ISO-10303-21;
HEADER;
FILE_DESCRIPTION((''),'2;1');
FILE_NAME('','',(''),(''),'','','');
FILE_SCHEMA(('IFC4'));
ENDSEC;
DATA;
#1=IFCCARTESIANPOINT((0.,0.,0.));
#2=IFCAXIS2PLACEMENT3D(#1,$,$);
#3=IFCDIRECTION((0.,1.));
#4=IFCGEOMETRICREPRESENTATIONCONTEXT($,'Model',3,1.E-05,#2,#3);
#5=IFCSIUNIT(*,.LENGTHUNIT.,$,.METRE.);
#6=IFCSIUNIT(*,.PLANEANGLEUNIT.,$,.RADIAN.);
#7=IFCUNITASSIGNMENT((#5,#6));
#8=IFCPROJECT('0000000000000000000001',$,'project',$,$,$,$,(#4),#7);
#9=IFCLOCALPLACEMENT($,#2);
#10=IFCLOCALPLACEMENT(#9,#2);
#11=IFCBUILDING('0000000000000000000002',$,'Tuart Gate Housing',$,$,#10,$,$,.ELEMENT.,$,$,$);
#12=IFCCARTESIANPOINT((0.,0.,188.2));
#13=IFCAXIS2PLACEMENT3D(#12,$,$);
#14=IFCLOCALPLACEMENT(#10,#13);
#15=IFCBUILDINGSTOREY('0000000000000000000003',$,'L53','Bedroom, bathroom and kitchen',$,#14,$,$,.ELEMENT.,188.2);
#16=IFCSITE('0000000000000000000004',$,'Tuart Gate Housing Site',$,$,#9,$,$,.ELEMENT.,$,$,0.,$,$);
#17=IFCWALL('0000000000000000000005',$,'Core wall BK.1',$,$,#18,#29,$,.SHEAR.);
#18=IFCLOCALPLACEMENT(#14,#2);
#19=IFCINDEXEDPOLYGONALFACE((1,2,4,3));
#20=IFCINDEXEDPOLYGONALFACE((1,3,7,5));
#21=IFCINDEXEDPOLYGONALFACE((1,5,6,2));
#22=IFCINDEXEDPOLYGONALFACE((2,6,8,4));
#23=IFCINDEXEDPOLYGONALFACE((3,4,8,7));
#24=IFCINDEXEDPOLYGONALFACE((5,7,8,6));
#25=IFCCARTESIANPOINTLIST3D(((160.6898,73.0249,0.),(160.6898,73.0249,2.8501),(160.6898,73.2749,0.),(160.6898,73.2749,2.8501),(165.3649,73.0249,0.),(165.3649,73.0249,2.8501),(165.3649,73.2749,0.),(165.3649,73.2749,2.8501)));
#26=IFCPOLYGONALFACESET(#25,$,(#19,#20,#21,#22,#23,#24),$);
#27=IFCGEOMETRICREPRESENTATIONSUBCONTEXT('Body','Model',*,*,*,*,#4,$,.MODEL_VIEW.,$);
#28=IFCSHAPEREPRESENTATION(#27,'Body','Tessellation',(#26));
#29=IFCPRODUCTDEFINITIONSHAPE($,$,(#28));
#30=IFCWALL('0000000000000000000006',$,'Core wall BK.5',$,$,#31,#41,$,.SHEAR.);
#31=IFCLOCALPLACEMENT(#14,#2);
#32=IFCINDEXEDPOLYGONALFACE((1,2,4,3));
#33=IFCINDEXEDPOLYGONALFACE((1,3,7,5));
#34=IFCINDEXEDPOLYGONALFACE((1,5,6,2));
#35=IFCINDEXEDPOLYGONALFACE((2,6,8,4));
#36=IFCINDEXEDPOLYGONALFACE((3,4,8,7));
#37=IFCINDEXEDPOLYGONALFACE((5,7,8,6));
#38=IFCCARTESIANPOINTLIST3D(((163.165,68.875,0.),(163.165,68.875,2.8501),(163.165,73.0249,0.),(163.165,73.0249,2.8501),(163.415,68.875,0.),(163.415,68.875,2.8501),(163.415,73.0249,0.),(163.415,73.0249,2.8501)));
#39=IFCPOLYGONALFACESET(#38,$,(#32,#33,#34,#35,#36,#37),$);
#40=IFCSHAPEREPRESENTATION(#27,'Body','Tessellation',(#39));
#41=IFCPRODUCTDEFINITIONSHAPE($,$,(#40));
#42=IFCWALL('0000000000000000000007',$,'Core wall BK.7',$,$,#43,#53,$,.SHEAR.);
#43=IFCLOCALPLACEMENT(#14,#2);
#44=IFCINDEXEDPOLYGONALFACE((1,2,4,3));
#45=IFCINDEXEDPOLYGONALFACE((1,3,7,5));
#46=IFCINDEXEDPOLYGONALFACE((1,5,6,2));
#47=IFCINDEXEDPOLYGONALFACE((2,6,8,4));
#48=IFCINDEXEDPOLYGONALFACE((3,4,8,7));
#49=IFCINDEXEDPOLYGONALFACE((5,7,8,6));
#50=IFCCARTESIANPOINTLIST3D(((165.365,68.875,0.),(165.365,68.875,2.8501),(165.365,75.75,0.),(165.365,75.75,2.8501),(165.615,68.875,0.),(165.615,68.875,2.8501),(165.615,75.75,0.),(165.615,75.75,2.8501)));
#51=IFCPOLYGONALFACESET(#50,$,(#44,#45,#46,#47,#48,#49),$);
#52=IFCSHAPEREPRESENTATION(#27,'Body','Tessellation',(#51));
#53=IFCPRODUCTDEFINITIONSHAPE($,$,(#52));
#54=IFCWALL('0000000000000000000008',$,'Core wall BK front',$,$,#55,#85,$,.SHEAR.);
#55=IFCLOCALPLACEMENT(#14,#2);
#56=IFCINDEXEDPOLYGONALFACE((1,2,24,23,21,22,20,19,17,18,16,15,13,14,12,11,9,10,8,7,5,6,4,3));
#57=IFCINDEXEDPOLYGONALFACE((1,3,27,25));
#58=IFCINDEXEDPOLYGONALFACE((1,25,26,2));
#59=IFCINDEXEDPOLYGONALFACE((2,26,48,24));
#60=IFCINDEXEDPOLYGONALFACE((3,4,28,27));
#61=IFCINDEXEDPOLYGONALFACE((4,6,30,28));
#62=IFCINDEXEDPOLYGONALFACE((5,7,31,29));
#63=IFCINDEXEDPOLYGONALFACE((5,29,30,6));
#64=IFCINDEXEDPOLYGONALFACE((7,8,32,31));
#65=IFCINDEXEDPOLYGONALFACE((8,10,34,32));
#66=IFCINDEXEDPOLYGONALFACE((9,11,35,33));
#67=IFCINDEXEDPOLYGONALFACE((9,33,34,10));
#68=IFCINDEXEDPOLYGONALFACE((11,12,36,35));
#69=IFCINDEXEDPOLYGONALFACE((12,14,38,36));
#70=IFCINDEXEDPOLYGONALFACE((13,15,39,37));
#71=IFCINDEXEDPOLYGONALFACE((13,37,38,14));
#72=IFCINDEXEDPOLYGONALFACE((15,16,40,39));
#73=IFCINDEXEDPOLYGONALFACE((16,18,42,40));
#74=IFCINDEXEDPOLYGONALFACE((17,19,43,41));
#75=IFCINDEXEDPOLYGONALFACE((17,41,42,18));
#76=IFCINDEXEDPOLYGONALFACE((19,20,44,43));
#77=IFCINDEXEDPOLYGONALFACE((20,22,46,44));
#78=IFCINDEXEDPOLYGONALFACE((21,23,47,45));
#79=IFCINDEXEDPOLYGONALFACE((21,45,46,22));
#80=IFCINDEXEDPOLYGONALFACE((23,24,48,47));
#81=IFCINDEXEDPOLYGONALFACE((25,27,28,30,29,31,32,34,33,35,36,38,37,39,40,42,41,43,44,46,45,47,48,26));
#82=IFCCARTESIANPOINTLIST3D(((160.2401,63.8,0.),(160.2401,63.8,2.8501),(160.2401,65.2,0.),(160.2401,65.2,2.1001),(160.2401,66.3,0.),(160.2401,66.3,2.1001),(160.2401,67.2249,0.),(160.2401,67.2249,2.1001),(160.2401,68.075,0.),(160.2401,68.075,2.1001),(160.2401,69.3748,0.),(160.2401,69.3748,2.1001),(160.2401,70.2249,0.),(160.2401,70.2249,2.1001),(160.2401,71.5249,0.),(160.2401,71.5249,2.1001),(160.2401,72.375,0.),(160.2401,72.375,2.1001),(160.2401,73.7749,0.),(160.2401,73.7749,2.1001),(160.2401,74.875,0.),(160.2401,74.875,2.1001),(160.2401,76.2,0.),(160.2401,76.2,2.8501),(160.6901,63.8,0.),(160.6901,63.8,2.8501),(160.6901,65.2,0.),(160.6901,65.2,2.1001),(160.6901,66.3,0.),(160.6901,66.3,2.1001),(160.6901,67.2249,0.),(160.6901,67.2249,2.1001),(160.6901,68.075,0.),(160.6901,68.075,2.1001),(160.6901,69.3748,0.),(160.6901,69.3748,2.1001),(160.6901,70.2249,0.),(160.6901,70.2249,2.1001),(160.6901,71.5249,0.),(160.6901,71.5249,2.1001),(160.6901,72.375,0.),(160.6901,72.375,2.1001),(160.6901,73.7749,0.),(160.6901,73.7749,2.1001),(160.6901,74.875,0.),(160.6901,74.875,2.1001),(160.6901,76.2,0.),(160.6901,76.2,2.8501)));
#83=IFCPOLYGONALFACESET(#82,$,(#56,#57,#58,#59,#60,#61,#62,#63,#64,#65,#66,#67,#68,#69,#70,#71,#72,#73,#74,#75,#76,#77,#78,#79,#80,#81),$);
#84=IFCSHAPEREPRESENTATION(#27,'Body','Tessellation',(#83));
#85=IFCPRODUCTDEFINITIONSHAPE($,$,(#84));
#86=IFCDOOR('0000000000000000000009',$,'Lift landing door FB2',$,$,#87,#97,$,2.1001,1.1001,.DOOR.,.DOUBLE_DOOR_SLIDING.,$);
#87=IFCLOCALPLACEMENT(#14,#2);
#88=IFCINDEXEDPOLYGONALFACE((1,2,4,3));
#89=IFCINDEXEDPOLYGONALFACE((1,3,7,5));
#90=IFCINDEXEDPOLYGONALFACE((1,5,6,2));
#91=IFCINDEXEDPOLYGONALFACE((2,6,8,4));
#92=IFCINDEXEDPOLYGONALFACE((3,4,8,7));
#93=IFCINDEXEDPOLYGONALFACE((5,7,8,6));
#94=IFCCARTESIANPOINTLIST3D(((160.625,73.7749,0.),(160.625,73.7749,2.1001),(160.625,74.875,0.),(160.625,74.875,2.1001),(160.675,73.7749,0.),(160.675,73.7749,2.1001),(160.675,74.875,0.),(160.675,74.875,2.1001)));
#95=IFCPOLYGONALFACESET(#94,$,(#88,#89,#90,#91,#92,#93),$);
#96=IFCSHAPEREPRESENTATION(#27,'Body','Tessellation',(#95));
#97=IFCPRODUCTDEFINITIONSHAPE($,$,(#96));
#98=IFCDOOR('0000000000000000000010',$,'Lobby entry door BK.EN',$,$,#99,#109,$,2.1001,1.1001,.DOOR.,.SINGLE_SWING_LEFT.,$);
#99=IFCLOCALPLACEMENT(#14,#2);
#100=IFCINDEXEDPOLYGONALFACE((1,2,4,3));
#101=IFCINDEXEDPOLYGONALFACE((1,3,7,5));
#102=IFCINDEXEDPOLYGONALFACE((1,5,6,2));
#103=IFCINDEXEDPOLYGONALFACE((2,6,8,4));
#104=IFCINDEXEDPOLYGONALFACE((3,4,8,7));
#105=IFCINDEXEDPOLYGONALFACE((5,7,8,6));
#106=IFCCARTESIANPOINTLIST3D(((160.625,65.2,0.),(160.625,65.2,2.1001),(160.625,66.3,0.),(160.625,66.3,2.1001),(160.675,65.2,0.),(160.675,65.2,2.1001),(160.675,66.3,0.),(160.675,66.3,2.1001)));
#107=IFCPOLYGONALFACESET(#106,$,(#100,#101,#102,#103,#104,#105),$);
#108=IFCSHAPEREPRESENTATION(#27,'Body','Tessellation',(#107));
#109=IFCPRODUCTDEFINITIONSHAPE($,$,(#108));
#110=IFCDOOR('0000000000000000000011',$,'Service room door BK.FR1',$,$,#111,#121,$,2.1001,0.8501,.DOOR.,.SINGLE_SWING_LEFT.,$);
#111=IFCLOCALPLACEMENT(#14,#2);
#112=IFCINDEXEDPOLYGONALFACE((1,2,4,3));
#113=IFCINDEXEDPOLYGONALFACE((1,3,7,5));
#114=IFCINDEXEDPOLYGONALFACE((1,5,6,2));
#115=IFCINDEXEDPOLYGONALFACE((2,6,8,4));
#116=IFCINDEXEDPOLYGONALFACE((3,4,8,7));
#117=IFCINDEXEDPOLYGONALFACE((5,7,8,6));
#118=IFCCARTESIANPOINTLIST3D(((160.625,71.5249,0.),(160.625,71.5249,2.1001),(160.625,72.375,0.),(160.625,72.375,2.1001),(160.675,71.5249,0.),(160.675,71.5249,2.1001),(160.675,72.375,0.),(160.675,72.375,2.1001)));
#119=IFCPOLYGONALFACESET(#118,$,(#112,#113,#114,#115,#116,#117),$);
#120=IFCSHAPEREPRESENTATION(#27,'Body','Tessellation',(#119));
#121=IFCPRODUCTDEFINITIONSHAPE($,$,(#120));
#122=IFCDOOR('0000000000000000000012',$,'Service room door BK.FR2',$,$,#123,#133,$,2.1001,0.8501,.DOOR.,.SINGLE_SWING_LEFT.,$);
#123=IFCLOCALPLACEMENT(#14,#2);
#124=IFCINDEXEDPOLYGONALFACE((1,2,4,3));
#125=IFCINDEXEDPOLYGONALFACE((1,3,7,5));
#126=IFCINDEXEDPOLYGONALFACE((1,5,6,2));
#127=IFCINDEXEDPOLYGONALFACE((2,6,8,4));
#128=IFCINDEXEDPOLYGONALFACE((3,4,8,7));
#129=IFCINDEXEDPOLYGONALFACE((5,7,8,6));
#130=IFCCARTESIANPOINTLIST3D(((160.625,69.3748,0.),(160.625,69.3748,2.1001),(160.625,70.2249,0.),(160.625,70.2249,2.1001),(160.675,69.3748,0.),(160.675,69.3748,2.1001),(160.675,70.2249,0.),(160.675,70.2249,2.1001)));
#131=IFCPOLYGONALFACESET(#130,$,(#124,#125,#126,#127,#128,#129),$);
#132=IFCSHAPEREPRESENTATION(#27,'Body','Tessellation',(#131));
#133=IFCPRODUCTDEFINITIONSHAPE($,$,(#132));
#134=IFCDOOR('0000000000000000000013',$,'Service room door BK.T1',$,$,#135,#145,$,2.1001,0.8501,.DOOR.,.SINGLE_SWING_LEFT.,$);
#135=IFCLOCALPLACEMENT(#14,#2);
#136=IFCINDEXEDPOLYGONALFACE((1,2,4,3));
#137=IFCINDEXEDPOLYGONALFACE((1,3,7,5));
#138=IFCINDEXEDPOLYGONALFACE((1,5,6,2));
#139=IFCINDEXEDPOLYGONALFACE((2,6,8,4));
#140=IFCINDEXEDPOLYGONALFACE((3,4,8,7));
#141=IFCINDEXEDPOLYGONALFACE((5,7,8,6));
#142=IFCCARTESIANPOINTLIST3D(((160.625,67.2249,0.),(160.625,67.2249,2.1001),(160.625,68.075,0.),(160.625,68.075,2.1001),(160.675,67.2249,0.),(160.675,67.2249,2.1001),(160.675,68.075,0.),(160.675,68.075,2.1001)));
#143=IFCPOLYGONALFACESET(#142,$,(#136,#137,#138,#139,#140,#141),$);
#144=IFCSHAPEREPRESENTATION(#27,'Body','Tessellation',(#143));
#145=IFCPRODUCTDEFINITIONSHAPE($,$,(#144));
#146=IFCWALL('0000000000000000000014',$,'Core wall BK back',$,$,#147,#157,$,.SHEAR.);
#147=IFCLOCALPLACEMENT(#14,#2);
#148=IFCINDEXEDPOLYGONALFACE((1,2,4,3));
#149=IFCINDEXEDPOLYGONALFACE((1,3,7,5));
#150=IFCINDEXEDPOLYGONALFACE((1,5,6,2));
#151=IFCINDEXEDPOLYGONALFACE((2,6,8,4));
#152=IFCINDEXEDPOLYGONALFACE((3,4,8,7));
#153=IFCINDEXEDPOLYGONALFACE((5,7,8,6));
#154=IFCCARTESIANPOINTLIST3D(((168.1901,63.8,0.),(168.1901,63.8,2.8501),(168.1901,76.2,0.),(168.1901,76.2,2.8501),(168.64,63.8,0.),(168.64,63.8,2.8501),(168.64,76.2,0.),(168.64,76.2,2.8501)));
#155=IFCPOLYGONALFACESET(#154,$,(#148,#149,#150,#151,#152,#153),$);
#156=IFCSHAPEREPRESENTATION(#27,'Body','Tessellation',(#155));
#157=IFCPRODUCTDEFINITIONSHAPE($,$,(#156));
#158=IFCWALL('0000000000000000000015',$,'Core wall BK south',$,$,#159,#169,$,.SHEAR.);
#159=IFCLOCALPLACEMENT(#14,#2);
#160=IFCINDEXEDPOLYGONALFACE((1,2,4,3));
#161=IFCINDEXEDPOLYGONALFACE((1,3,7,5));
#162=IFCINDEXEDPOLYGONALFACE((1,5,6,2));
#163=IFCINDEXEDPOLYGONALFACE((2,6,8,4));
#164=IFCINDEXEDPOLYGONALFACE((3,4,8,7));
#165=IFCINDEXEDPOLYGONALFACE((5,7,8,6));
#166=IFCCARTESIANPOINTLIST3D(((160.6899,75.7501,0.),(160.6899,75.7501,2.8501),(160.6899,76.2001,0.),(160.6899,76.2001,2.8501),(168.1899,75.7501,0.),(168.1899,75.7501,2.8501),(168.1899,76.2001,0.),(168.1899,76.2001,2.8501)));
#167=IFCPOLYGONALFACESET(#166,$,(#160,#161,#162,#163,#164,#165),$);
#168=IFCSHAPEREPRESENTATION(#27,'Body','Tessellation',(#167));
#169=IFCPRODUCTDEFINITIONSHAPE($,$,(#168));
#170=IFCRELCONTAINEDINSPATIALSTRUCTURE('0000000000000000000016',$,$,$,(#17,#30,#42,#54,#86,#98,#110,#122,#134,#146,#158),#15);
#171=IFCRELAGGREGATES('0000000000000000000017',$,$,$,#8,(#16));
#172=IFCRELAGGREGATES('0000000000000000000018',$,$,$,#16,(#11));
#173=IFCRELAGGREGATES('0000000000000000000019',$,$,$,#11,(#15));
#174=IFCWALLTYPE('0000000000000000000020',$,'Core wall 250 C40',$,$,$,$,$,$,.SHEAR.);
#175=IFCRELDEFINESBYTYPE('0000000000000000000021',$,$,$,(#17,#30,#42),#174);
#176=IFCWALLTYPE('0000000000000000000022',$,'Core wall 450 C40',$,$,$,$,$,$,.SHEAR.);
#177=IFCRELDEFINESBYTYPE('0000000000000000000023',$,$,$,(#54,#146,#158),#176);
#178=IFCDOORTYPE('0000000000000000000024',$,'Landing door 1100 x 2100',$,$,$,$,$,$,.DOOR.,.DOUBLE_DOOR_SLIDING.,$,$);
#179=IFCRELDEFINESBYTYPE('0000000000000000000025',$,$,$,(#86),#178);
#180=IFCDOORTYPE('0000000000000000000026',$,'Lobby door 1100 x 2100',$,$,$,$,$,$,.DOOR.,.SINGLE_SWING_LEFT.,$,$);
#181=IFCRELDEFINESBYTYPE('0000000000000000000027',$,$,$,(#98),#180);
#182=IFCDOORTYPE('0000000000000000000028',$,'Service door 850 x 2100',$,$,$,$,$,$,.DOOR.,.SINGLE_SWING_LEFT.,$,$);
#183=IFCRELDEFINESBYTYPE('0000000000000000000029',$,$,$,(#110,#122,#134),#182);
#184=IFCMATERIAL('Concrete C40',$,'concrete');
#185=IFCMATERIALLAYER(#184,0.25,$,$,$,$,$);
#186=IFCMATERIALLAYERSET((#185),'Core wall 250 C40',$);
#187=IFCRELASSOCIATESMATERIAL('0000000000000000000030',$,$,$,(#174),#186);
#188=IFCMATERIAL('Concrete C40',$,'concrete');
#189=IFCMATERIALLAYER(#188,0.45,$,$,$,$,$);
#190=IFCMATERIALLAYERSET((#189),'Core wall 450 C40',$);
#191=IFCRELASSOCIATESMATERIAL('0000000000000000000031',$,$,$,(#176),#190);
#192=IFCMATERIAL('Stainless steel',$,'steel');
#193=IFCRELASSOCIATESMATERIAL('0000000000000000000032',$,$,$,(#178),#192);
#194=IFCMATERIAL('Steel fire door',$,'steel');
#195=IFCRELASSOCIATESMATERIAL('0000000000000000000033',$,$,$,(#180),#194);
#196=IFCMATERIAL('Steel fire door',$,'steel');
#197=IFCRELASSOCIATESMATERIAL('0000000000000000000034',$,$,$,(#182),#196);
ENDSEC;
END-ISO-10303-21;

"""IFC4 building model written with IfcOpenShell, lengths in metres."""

from ifc_helpers import new_model, si_unit, direction, frame, frame_2d, origin, place, context, subcontext, project, spatial, rectangle, extrude, material, layer, layer_set, type_object, element, fill, save


model = new_model("IFC4")

# Units and contexts
model_context = context("Model", 3, precision=1e-05, world=origin(), true_north=direction((0.0, 1.0)))
body_context = subcontext(model_context, "Body", "Model", "MODEL_VIEW")
ifc_project = project(units=[si_unit("LENGTHUNIT", "METRE"), si_unit("PLANEANGLEUNIT", "RADIAN")], contexts=[model_context])

# Site, building, storey
site_placement = place(None, origin())
site = spatial("IfcSite", under=ifc_project, at=site_placement, Name="Tuart Gate Housing Site", CompositionType="ELEMENT", RefElevation=0.0)
building_placement = place(site_placement, origin())
building = spatial("IfcBuilding", under=site, at=building_placement, Name="Tuart Gate Housing", CompositionType="ELEMENT")
storey_placement = place(building_placement, frame((0.0, 0.0, 188.2)))
storey = spatial("IfcBuildingStorey", under=building, at=storey_placement, Name="L53", Description="Bedroom, bathroom and kitchen", CompositionType="ELEMENT", Elevation=188.2)

# Walls
ifc_material_1 = material(Name="Concrete C40", Category="concrete")
ifc_layer_1 = layer(ifc_material_1, 0.25)
ifc_layer_set_1 = layer_set([ifc_layer_1], Name="Core wall 250 C40")
wall_type_1 = type_object("IfcWallType", Name="Core wall 250 C40", PredefinedType="SHEAR", material=ifc_layer_set_1)
wall_1_placement = place(storey_placement, frame((160.6899, 73.1499, 0.0), z_axis=(0.0, 0.0, 1.0), x_axis=(1.0, 0.0, 0.0)))
element("IfcWall", 1, at=wall_1_placement, inside=storey, type_object=wall_type_1, Name="Core wall BK.1", PredefinedType="SHEAR", context=body_context, shape_type="SweptSolid", body=[
    extrude(rectangle(XDim=4.675, YDim=0.25, at=frame_2d((2.3374, 0.0))), origin(), (0.0, 0.0, 1.0), 2.8501),
])
wall_2_placement = place(storey_placement, frame((163.29, 73.0249, 0.0), z_axis=(0.0, 0.0, 1.0), x_axis=(0.0, -1.0, 0.0)))
element("IfcWall", 2, at=wall_2_placement, inside=storey, type_object=wall_type_1, Name="Core wall BK.5", PredefinedType="SHEAR", context=body_context, shape_type="SweptSolid", body=[
    extrude(rectangle(XDim=4.1499, YDim=0.25, at=frame_2d((2.075, 0.0))), origin(), (0.0, 0.0, 1.0), 2.8501),
])
wall_3_placement = place(storey_placement, frame((165.49, 75.75, 0.0), z_axis=(0.0, 0.0, 1.0), x_axis=(0.0, -1.0, 0.0)))
element("IfcWall", 3, at=wall_3_placement, inside=storey, type_object=wall_type_1, Name="Core wall BK.7", PredefinedType="SHEAR", context=body_context, shape_type="SweptSolid", body=[
    extrude(rectangle(XDim=6.875, YDim=0.25, at=frame_2d((3.4375, 0.0))), origin(), (0.0, 0.0, 1.0), 2.8501),
])

# Wall, openings, doors
ifc_material_2 = material(Name="Concrete C40", Category="concrete")
ifc_layer_2 = layer(ifc_material_2, 0.45)
ifc_layer_set_2 = layer_set([ifc_layer_2], Name="Core wall 450 C40")
wall_type_2 = type_object("IfcWallType", Name="Core wall 450 C40", PredefinedType="SHEAR", material=ifc_layer_set_2)
wall_4_placement = place(storey_placement, frame((160.4651, 76.2, 0.0), z_axis=(0.0, 0.0, 1.0), x_axis=(0.0, -1.0, 0.0)))
wall_4 = element("IfcWall", 4, at=wall_4_placement, inside=storey, type_object=wall_type_2, Name="Core wall BK front", PredefinedType="SHEAR", context=body_context, shape_type="SweptSolid", body=[
    extrude(rectangle(XDim=12.3999, YDim=0.45, at=frame_2d((6.2, 0.0))), origin(), (0.0, 0.0, 1.0), 2.8501),
])
opening_1_placement = place(wall_4_placement, frame((1.325, 0.0, 0.0)))
opening_1 = element("IfcOpeningElement", 5, at=opening_1_placement, cuts=wall_4, PredefinedType="OPENING", context=body_context, shape_type="SweptSolid", body=[
    extrude(rectangle(XDim=1.1001, YDim=2.1001, at=frame_2d((0.55, 1.05))), frame((0.0, 0.2349, 0.0), z_axis=(0.0, -1.0, 0.0), x_axis=(1.0, 0.0, 0.0)), (0.0, 0.0, 1.0), 0.47),
])
opening_2_placement = place(wall_4_placement, frame((3.825, 0.0, 0.0)))
opening_2 = element("IfcOpeningElement", 6, at=opening_2_placement, cuts=wall_4, PredefinedType="OPENING", context=body_context, shape_type="SweptSolid", body=[
    extrude(rectangle(XDim=0.8501, YDim=2.1001, at=frame_2d((0.425, 1.05))), frame((0.0, 0.2349, 0.0), z_axis=(0.0, -1.0, 0.0), x_axis=(1.0, 0.0, 0.0)), (0.0, 0.0, 1.0), 0.47),
])
opening_3_placement = place(wall_4_placement, frame((5.9751, 0.0, 0.0)))
opening_3 = element("IfcOpeningElement", 7, at=opening_3_placement, cuts=wall_4, PredefinedType="OPENING", context=body_context, shape_type="SweptSolid", body=[
    extrude(rectangle(XDim=0.8501, YDim=2.1001, at=frame_2d((0.425, 1.05))), frame((0.0, 0.2349, 0.0), z_axis=(0.0, -1.0, 0.0), x_axis=(1.0, 0.0, 0.0)), (0.0, 0.0, 1.0), 0.47),
])
opening_4_placement = place(wall_4_placement, frame((9.8999, 0.0, 0.0)))
opening_4 = element("IfcOpeningElement", 8, at=opening_4_placement, cuts=wall_4, PredefinedType="OPENING", context=body_context, shape_type="SweptSolid", body=[
    extrude(rectangle(XDim=1.1001, YDim=2.1001, at=frame_2d((0.55, 1.05))), frame((0.0, 0.2349, 0.0), z_axis=(0.0, -1.0, 0.0), x_axis=(1.0, 0.0, 0.0)), (0.0, 0.0, 1.0), 0.47),
])
opening_5_placement = place(wall_4_placement, frame((8.125, 0.0, 0.0)))
opening_5 = element("IfcOpeningElement", 9, at=opening_5_placement, cuts=wall_4, PredefinedType="OPENING", context=body_context, shape_type="SweptSolid", body=[
    extrude(rectangle(XDim=0.8501, YDim=2.1001, at=frame_2d((0.425, 1.05))), frame((0.0, 0.2349, 0.0), z_axis=(0.0, -1.0, 0.0), x_axis=(1.0, 0.0, 0.0)), (0.0, 0.0, 1.0), 0.47),
])
ifc_material_3 = material(Name="Stainless steel", Category="steel")
door_type_1 = type_object("IfcDoorType", Name="Landing door 1100 x 2100", OperationType="DOUBLE_DOOR_SLIDING", PredefinedType="DOOR", material=ifc_material_3)
door_1_placement = place(opening_1_placement, origin())
door_1 = element("IfcDoor", 10, at=door_1_placement, inside=storey, type_object=door_type_1, Name="Lift landing door FB2", OperationType="DOUBLE_DOOR_SLIDING", OverallHeight=2.1001, OverallWidth=1.1001, PredefinedType="DOOR", context=body_context, shape_type="SweptSolid", body=[
    extrude(rectangle(XDim=1.1001, YDim=2.1001, at=frame_2d((0.55, 1.05))), frame((0.0, 0.21, 0.0), z_axis=(0.0, -1.0, 0.0), x_axis=(1.0, 0.0, 0.0)), (0.0, 0.0, 1.0), 0.05),
])
fill(opening_1, door_1)
ifc_material_4 = material(Name="Steel fire door", Category="steel")
door_type_2 = type_object("IfcDoorType", Name="Lobby door 1100 x 2100", OperationType="SINGLE_SWING_LEFT", PredefinedType="DOOR", material=ifc_material_4)
door_2_placement = place(opening_4_placement, origin())
door_2 = element("IfcDoor", 11, at=door_2_placement, inside=storey, type_object=door_type_2, Name="Lobby entry door BK.EN", OperationType="SINGLE_SWING_LEFT", OverallHeight=2.1001, OverallWidth=1.1001, PredefinedType="DOOR", context=body_context, shape_type="SweptSolid", body=[
    extrude(rectangle(XDim=1.1001, YDim=2.1001, at=frame_2d((0.55, 1.05))), frame((0.0, 0.21, 0.0), z_axis=(0.0, -1.0, 0.0), x_axis=(1.0, 0.0, 0.0)), (0.0, 0.0, 1.0), 0.05),
])
fill(opening_4, door_2)
ifc_material_5 = material(Name="Steel fire door", Category="steel")
door_type_3 = type_object("IfcDoorType", Name="Service door 850 x 2100", OperationType="SINGLE_SWING_LEFT", PredefinedType="DOOR", material=ifc_material_5)
door_3_placement = place(opening_2_placement, origin())
door_3 = element("IfcDoor", 12, at=door_3_placement, inside=storey, type_object=door_type_3, Name="Service room door BK.FR1", OperationType="SINGLE_SWING_LEFT", OverallHeight=2.1001, OverallWidth=0.8501, PredefinedType="DOOR", context=body_context, shape_type="SweptSolid", body=[
    extrude(rectangle(XDim=0.8501, YDim=2.1001, at=frame_2d((0.425, 1.05))), frame((0.0, 0.21, 0.0), z_axis=(0.0, -1.0, 0.0), x_axis=(1.0, 0.0, 0.0)), (0.0, 0.0, 1.0), 0.05),
])
fill(opening_2, door_3)
door_4_placement = place(opening_3_placement, origin())
door_4 = element("IfcDoor", 13, at=door_4_placement, inside=storey, type_object=door_type_3, Name="Service room door BK.FR2", OperationType="SINGLE_SWING_LEFT", OverallHeight=2.1001, OverallWidth=0.8501, PredefinedType="DOOR", context=body_context, shape_type="SweptSolid", body=[
    extrude(rectangle(XDim=0.8501, YDim=2.1001, at=frame_2d((0.425, 1.05))), frame((0.0, 0.21, 0.0), z_axis=(0.0, -1.0, 0.0), x_axis=(1.0, 0.0, 0.0)), (0.0, 0.0, 1.0), 0.05),
])
fill(opening_3, door_4)
door_5_placement = place(opening_5_placement, origin())
door_5 = element("IfcDoor", 14, at=door_5_placement, inside=storey, type_object=door_type_3, Name="Service room door BK.T1", OperationType="SINGLE_SWING_LEFT", OverallHeight=2.1001, OverallWidth=0.8501, PredefinedType="DOOR", context=body_context, shape_type="SweptSolid", body=[
    extrude(rectangle(XDim=0.8501, YDim=2.1001, at=frame_2d((0.425, 1.05))), frame((0.0, 0.21, 0.0), z_axis=(0.0, -1.0, 0.0), x_axis=(1.0, 0.0, 0.0)), (0.0, 0.0, 1.0), 0.05),
])
fill(opening_5, door_5)

# Walls
wall_5_placement = place(storey_placement, frame((168.415, 76.2, 0.0), z_axis=(0.0, 0.0, 1.0), x_axis=(0.0, -1.0, 0.0)))
element("IfcWall", 15, at=wall_5_placement, inside=storey, type_object=wall_type_2, Name="Core wall BK back", PredefinedType="SHEAR", context=body_context, shape_type="SweptSolid", body=[
    extrude(rectangle(XDim=12.3999, YDim=0.45, at=frame_2d((6.2, 0.0))), origin(), (0.0, 0.0, 1.0), 2.8501),
])
wall_6_placement = place(storey_placement, frame((160.6899, 75.9751, 0.0), z_axis=(0.0, 0.0, 1.0), x_axis=(1.0, 0.0, 0.0)))
element("IfcWall", 16, at=wall_6_placement, inside=storey, type_object=wall_type_2, Name="Core wall BK south", PredefinedType="SHEAR", context=body_context, shape_type="SweptSolid", body=[
    extrude(rectangle(XDim=7.5, YDim=0.45, at=frame_2d((3.75, 0.0))), origin(), (0.0, 0.0, 1.0), 2.8501),
])

save(model, "model.ifc")
